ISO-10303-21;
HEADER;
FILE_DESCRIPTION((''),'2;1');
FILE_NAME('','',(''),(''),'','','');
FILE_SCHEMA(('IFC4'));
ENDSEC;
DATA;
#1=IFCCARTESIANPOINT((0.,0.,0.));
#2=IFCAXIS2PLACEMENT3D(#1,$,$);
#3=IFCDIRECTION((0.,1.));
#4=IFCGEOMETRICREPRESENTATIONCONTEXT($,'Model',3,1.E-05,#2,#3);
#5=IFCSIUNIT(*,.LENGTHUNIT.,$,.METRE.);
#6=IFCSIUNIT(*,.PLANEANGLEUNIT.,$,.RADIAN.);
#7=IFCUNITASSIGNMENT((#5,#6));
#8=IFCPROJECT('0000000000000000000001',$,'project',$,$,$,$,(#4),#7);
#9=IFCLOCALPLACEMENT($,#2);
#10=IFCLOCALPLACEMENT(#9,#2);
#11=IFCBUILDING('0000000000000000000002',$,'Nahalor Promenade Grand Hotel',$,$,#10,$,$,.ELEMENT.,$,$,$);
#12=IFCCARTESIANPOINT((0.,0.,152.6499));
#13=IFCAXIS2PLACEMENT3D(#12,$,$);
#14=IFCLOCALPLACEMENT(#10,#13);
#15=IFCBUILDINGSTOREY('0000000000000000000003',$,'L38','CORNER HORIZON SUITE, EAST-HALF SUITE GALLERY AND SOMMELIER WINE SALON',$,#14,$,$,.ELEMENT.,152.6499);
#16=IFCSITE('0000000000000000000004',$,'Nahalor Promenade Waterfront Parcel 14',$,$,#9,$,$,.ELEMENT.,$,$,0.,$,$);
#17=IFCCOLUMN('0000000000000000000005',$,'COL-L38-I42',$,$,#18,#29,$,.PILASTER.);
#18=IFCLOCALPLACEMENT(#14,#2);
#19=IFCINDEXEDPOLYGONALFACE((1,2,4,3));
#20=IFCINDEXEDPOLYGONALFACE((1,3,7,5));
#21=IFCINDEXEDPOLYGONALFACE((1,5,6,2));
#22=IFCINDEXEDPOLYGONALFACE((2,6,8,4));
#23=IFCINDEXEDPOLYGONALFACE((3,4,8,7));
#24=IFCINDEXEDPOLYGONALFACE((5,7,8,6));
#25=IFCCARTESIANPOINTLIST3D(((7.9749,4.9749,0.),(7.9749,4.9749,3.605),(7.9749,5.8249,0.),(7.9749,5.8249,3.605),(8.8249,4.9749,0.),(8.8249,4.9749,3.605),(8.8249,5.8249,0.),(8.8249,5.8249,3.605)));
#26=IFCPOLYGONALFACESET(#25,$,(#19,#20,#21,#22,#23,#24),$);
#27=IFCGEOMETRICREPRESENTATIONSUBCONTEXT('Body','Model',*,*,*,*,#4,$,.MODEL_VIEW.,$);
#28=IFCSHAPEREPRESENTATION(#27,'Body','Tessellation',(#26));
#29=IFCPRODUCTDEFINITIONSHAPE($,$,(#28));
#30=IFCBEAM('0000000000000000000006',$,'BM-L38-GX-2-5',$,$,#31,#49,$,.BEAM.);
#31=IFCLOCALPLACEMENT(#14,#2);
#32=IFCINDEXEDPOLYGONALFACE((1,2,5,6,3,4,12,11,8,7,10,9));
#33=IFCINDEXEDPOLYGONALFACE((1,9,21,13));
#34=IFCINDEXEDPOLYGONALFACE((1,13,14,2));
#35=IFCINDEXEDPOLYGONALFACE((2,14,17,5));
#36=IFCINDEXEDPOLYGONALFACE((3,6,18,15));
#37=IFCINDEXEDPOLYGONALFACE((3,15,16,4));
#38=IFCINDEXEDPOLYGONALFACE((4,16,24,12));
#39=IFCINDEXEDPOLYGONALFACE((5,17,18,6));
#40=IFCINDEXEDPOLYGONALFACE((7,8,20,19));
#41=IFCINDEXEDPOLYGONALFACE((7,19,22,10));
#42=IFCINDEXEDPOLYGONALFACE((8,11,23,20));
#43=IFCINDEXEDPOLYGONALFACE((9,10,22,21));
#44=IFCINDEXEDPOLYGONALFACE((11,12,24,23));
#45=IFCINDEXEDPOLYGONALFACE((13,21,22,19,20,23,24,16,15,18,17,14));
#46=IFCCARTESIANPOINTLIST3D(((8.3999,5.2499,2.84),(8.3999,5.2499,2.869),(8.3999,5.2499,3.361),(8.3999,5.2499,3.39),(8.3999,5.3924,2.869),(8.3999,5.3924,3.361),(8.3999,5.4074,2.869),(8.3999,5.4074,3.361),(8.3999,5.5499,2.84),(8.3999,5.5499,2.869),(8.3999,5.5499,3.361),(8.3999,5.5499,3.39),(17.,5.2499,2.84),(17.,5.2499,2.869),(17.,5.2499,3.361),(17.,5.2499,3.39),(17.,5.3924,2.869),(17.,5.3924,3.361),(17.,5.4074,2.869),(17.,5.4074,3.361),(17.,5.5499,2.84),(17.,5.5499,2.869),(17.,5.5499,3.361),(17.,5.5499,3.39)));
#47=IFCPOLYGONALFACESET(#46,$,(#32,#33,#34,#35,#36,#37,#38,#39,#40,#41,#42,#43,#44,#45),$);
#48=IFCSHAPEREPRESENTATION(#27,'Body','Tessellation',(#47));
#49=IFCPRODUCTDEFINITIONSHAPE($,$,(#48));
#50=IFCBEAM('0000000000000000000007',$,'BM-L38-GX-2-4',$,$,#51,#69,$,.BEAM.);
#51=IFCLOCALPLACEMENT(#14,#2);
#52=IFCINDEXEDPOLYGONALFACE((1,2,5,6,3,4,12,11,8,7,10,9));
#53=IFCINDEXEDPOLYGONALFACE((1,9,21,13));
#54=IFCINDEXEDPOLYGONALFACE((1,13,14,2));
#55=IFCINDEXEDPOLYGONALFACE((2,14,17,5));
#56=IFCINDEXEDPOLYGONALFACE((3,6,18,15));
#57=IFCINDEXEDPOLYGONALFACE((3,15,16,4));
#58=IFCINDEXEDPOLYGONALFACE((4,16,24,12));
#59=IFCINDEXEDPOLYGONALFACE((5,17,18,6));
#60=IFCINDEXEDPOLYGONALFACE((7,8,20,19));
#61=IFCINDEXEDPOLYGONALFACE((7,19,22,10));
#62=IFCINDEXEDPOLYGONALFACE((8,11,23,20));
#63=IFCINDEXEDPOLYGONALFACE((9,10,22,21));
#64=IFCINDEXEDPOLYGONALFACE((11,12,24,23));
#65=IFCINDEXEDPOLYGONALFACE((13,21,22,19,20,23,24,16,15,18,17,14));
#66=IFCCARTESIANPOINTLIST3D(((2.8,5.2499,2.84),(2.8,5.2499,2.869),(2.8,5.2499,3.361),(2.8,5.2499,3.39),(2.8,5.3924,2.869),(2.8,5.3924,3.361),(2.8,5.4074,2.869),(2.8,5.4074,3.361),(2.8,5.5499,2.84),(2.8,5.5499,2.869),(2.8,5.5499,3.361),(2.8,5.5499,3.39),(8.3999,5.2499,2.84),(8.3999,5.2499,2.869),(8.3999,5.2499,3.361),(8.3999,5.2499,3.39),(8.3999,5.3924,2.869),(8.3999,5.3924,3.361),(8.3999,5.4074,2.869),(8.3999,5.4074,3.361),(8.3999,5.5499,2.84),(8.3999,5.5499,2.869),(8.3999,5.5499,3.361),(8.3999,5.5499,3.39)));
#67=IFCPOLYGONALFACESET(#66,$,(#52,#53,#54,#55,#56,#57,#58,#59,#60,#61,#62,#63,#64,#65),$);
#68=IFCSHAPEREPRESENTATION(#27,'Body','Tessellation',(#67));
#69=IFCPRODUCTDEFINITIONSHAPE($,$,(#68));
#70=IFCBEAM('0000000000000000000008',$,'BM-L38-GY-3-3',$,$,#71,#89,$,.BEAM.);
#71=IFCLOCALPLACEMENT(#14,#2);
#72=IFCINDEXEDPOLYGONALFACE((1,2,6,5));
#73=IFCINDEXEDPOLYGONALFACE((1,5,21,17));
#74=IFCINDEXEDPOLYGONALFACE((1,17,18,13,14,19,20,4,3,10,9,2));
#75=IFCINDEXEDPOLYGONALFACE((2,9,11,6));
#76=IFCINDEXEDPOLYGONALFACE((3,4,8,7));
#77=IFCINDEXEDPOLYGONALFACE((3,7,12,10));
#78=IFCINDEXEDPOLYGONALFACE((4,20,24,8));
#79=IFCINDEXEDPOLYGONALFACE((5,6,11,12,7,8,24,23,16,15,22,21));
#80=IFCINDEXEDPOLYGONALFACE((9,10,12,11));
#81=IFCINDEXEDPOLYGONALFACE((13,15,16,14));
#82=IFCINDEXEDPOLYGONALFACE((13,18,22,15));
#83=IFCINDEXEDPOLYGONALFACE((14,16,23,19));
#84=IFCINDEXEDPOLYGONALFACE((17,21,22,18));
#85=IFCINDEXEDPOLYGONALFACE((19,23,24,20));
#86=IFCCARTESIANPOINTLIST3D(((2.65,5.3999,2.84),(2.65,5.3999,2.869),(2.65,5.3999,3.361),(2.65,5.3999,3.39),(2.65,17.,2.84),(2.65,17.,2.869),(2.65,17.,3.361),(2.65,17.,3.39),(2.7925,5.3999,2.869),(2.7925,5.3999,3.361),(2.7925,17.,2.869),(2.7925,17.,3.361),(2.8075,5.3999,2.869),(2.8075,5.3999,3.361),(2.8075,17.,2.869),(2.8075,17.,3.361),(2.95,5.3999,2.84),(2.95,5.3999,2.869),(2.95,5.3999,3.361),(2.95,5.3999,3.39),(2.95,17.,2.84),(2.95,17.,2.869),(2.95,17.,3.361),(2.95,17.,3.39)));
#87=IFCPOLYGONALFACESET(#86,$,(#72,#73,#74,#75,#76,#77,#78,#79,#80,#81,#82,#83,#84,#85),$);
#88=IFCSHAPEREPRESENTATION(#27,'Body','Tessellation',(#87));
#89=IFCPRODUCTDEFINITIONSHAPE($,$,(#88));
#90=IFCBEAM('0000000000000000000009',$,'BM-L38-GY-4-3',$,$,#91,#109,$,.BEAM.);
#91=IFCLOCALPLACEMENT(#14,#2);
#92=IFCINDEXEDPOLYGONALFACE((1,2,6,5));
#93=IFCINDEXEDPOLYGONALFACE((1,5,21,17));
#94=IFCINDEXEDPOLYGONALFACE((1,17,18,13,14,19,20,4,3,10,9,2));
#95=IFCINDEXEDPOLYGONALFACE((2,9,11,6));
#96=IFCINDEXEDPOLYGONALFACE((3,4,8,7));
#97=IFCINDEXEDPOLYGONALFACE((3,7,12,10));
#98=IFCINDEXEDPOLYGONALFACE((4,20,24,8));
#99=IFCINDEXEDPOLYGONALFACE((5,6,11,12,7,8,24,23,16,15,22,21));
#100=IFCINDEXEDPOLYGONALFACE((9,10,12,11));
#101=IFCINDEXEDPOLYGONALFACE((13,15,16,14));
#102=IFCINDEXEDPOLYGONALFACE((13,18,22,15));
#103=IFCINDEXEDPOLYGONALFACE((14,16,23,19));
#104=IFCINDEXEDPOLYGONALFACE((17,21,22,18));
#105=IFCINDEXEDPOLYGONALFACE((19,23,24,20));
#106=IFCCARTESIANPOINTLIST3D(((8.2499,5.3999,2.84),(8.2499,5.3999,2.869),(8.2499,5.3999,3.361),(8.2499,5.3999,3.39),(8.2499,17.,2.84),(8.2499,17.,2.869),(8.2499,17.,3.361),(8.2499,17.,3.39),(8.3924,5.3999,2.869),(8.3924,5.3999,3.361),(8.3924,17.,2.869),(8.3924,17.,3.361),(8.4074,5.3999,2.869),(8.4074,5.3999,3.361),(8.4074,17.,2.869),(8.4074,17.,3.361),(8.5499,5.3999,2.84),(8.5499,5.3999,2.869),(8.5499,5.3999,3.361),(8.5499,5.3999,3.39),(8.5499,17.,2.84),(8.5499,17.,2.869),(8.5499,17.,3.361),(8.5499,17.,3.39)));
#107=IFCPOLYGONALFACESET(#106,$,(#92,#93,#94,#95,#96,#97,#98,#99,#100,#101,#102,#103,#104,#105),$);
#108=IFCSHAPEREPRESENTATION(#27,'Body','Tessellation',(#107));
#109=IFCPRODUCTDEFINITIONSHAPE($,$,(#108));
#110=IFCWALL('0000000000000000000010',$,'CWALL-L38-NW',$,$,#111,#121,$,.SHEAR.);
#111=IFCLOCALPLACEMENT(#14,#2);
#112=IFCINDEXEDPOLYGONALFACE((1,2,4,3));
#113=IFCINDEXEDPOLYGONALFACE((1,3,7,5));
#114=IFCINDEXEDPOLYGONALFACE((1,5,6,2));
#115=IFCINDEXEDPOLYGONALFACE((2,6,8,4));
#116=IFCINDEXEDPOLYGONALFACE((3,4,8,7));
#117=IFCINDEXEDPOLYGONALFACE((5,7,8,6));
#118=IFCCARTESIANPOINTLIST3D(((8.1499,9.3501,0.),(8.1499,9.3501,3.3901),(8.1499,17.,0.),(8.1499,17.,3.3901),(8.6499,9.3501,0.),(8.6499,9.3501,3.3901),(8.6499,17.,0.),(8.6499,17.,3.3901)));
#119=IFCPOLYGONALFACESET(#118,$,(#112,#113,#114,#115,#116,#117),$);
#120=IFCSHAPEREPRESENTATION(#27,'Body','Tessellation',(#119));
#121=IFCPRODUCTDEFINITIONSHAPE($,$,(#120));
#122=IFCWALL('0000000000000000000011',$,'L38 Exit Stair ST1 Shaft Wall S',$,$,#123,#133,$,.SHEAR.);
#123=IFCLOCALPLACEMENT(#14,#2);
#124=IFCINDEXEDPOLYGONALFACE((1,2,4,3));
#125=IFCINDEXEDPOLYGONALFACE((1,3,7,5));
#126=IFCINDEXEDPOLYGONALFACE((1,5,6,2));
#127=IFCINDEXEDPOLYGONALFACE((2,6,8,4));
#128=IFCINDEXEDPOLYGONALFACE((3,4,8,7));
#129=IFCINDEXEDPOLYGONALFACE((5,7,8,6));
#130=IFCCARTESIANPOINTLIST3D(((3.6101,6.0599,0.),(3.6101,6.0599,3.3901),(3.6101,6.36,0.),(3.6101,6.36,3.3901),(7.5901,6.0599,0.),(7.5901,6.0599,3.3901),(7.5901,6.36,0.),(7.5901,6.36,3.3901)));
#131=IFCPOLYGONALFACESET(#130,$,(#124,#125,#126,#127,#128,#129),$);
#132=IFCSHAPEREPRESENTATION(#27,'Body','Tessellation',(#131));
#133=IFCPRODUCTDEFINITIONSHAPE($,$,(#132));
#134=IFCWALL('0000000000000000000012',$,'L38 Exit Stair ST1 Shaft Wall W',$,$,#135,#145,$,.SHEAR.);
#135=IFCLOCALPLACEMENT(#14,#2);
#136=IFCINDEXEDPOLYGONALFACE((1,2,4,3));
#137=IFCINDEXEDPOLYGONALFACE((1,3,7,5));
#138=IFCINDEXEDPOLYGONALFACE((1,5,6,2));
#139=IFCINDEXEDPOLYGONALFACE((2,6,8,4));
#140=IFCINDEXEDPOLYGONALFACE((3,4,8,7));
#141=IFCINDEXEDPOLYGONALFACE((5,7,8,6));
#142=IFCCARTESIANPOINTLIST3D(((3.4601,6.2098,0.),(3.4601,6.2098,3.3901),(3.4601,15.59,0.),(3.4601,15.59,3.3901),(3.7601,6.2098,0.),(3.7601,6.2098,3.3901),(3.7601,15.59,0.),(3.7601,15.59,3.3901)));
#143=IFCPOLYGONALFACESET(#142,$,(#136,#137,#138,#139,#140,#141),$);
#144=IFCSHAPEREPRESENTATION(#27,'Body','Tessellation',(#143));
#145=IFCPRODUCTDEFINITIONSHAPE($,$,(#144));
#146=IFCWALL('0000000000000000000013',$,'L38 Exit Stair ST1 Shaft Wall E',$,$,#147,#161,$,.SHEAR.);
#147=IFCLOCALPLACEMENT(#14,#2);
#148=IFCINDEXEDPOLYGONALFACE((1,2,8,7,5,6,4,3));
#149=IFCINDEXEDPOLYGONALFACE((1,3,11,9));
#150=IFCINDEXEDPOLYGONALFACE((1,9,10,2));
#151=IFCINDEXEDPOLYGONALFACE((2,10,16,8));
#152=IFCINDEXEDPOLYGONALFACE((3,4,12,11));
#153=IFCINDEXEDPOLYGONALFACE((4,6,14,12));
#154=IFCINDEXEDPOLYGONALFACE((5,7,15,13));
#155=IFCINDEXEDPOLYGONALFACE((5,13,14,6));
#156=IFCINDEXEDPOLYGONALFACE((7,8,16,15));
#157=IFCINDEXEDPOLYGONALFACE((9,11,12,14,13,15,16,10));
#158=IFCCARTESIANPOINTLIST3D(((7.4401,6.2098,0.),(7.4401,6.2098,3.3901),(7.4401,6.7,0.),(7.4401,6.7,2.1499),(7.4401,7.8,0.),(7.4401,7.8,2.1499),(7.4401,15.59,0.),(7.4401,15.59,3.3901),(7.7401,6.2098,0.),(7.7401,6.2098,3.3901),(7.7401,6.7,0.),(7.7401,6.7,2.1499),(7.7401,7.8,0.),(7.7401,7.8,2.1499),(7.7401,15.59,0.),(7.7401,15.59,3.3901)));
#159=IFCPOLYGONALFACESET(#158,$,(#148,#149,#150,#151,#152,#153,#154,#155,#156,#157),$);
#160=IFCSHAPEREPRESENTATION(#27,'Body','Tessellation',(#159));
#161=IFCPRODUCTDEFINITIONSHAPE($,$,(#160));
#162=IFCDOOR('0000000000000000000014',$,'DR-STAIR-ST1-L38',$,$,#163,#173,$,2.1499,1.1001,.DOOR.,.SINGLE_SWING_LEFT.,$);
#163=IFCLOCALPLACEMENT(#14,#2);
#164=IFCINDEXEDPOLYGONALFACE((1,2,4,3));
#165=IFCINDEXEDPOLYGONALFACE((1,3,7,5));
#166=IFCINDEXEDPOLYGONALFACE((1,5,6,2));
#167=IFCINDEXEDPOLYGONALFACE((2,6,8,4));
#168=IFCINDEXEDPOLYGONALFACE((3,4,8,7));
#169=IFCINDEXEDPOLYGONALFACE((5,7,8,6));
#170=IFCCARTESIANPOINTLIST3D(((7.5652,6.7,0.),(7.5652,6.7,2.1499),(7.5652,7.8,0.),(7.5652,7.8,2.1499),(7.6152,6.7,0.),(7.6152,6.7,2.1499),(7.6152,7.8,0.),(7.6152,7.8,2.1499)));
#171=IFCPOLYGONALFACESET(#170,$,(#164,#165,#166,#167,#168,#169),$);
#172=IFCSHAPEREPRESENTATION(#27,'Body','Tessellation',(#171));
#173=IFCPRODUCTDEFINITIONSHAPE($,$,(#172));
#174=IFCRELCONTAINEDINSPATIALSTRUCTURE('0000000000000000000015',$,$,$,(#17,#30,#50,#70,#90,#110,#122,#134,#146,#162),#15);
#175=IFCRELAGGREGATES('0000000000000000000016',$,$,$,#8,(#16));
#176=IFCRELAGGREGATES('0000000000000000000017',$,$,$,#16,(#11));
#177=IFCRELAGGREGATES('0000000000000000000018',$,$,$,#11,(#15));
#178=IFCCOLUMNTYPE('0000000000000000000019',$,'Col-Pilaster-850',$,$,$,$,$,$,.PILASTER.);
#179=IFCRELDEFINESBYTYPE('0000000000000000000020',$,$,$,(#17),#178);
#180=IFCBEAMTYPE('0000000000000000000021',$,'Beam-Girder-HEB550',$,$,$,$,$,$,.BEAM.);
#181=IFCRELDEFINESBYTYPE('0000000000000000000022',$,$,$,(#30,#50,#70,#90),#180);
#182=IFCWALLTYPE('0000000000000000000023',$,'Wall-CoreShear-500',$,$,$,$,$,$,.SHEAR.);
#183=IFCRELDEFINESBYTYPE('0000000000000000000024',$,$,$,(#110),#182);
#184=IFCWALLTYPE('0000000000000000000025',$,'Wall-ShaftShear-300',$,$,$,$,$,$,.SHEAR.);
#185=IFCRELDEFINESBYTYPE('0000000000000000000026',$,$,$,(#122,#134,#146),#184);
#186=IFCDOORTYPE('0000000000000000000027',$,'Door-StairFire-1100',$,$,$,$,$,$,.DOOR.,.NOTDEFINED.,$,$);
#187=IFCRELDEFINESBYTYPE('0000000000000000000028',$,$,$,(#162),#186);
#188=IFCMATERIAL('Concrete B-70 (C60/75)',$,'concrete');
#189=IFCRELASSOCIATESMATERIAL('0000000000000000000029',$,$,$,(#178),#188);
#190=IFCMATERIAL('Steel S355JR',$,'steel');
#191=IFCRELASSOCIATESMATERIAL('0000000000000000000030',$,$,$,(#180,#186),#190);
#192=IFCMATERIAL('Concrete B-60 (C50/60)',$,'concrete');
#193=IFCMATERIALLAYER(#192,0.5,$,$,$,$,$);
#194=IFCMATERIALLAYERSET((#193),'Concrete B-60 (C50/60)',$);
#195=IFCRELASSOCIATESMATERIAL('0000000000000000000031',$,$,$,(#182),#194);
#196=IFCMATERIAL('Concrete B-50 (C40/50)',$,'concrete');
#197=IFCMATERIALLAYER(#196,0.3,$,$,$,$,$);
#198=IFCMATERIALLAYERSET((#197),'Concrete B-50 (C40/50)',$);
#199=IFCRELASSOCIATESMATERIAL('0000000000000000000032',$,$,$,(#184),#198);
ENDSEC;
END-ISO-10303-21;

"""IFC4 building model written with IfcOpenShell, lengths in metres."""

from ifc_helpers import new_model, si_unit, direction, frame, frame_2d, origin, origin_2d, place, context, subcontext, project, spatial, rectangle, i_section, extrude, source, transform, mapped, material, layer, layer_set, material_profile, profile_set, type_object, element, fill, save


model = new_model("IFC4")

# Units and contexts
model_context = context("Model", 3, precision=1e-05, world=origin(), true_north=direction((0.0, 1.0)))
body_context = subcontext(model_context, "Body", "Model", "MODEL_VIEW")
ifc_project = project(units=[si_unit("LENGTHUNIT", "METRE"), si_unit("PLANEANGLEUNIT", "RADIAN")], contexts=[model_context])

# Site, building, storey
site_placement = place(None, origin())
site = spatial("IfcSite", under=ifc_project, at=site_placement, Name="Nahalor Promenade Waterfront Parcel 14", CompositionType="ELEMENT", RefElevation=0.0)
building_placement = place(site_placement, origin())
building = spatial("IfcBuilding", under=site, at=building_placement, Name="Nahalor Promenade Grand Hotel", CompositionType="ELEMENT")
storey_placement = place(building_placement, frame((0.0, 0.0, 152.6499)))
storey = spatial("IfcBuildingStorey", under=building, at=storey_placement, Name="L38", Description="CORNER HORIZON SUITE, EAST-HALF SUITE GALLERY AND SOMMELIER WINE SALON", CompositionType="ELEMENT", Elevation=152.6499)

# Column
ifc_material_1 = material(Name="Concrete B-70 (C60/75)", Category="concrete")
ifc_material_profile_1 = material_profile(ifc_material_1, rectangle(XDim=0.85, YDim=0.85, at=origin_2d()), Name="RC 850x850")
ifc_profile_set_1 = profile_set([ifc_material_profile_1], Name="Concrete B-70 (C60/75)")
column_type = type_object("IfcColumnType", Name="Col-Pilaster-850", PredefinedType="PILASTER", material=ifc_profile_set_1)
shared_shape_1 = source(origin(), body_context, "Body", "SweptSolid", [
    extrude(rectangle(XDim=0.85, YDim=0.85, at=origin_2d()), origin(), (0.0, 0.0, 1.0), 3.605),
])
column_placement = place(storey_placement, frame((8.3999, 5.3999, 0.0), z_axis=(0.0, 0.0, 1.0), x_axis=(1.0, 0.0, 0.0)))
element("IfcColumn", 1, at=column_placement, inside=storey, type_object=column_type, Name="COL-L38-I42", PredefinedType="PILASTER", context=body_context, shape_type="MappedRepresentation", body=[
    mapped(shared_shape_1, transform((0.0, 0.0, 0.0), scale=1.0)),
])

# Beams
ifc_material_2 = material(Name="Steel S355JR", Category="steel")
ifc_material_profile_2 = material_profile(ifc_material_2, i_section(OverallWidth=0.3, OverallDepth=0.55, WebThickness=0.015, FlangeThickness=0.029, at=origin_2d()), Name="HEB 550")
ifc_profile_set_2 = profile_set([ifc_material_profile_2], Name="Steel S355JR")
beam_type = type_object("IfcBeamType", Name="Beam-Girder-HEB550", PredefinedType="BEAM", material=ifc_profile_set_2)
shared_shape_2 = source(origin(), body_context, "Body", "SweptSolid", [
    extrude(i_section(OverallWidth=0.3, OverallDepth=0.55, WebThickness=0.015, FlangeThickness=0.029, at=origin_2d()), origin(), (0.0, 0.0, 1.0), 8.6001),
])
beam_1_placement = place(storey_placement, frame((8.3999, 5.3999, 3.115), z_axis=(1.0, 0.0, 0.0), x_axis=(0.0, 1.0, 0.0)))
element("IfcBeam", 2, at=beam_1_placement, inside=storey, type_object=beam_type, Name="BM-L38-GX-2-5", PredefinedType="BEAM", context=body_context, shape_type="MappedRepresentation", body=[
    mapped(shared_shape_2, transform((0.0, 0.0, 0.0), scale=1.0)),
])
shared_shape_3 = source(origin(), body_context, "Body", "SweptSolid", [
    extrude(i_section(OverallWidth=0.3, OverallDepth=0.55, WebThickness=0.015, FlangeThickness=0.029, at=origin_2d()), origin(), (0.0, 0.0, 1.0), 5.5999),
])
beam_2_placement = place(storey_placement, frame((2.8, 5.3999, 3.115), z_axis=(1.0, 0.0, 0.0), x_axis=(0.0, 1.0, 0.0)))
element("IfcBeam", 3, at=beam_2_placement, inside=storey, type_object=beam_type, Name="BM-L38-GX-2-4", PredefinedType="BEAM", context=body_context, shape_type="MappedRepresentation", body=[
    mapped(shared_shape_3, transform((0.0, 0.0, 0.0), scale=1.0)),
])
shared_shape_4 = source(origin(), body_context, "Body", "SweptSolid", [
    extrude(i_section(OverallWidth=0.3, OverallDepth=0.55, WebThickness=0.015, FlangeThickness=0.029, at=origin_2d()), origin(), (0.0, 0.0, 1.0), 11.6001),
])
for number, where, z_axis, x_axis, name in (
    (4, (2.8, 5.3999, 3.115), (0.0, 1.0, 0.0), (-1.0, 0.0, 0.0), "BM-L38-GY-3-3"),
    (5, (8.3999, 5.3999, 3.115), (0.0, 1.0, 0.0), (-1.0, 0.0, 0.0), "BM-L38-GY-4-3"),
):
    element("IfcBeam", number, at=place(storey_placement, frame(where, z_axis=z_axis, x_axis=x_axis)), inside=storey, type_object=beam_type, Name=name, PredefinedType="BEAM", context=body_context, shape_type="MappedRepresentation", body=[
        mapped(shared_shape_4, transform((0.0, 0.0, 0.0), scale=1.0)),
    ])

# Walls
ifc_material_3 = material(Name="Concrete B-60 (C50/60)", Category="concrete")
ifc_layer_1 = layer(ifc_material_3, 0.5)
ifc_layer_set_1 = layer_set([ifc_layer_1], Name="Concrete B-60 (C50/60)")
wall_type_1 = type_object("IfcWallType", Name="Wall-CoreShear-500", PredefinedType="SHEAR", material=ifc_layer_set_1)
shared_shape_5 = source(origin(), body_context, "Body", "SweptSolid", [
    extrude(rectangle(XDim=7.6499, YDim=0.5, at=frame_2d((3.825, 0.0))), origin(), (0.0, 0.0, 1.0), 3.3901),
])
wall_1_placement = place(storey_placement, frame((8.3999, 9.3501, 0.0), z_axis=(0.0, 0.0, 1.0), x_axis=(0.0, 1.0, 0.0)))
element("IfcWall", 6, at=wall_1_placement, inside=storey, type_object=wall_type_1, Name="CWALL-L38-NW", PredefinedType="SHEAR", context=body_context, shape_type="MappedRepresentation", body=[
    mapped(shared_shape_5, transform((0.0, 0.0, 0.0), scale=1.0)),
])
ifc_material_4 = material(Name="Concrete B-50 (C40/50)", Category="concrete")
ifc_layer_2 = layer(ifc_material_4, 0.3)
ifc_layer_set_2 = layer_set([ifc_layer_2], Name="Concrete B-50 (C40/50)")
wall_type_2 = type_object("IfcWallType", Name="Wall-ShaftShear-300", PredefinedType="SHEAR", material=ifc_layer_set_2)
shared_shape_6 = source(origin(), body_context, "Body", "SweptSolid", [
    extrude(rectangle(XDim=3.98, YDim=0.3, at=frame_2d((1.99, 0.0))), origin(), (0.0, 0.0, 1.0), 3.3901),
])
wall_2_placement = place(storey_placement, frame((3.6101, 6.21, 0.0), z_axis=(0.0, 0.0, 1.0), x_axis=(1.0, 0.0, 0.0)))
element("IfcWall", 7, at=wall_2_placement, inside=storey, type_object=wall_type_2, Name="L38 Exit Stair ST1 Shaft Wall S", PredefinedType="SHEAR", context=body_context, shape_type="MappedRepresentation", body=[
    mapped(shared_shape_6, transform((0.0, 0.0, 0.0), scale=1.0)),
])
shared_shape_7 = source(origin(), body_context, "Body", "SweptSolid", [
    extrude(rectangle(XDim=9.3801, YDim=0.3, at=frame_2d((4.6899, 0.0))), origin(), (0.0, 0.0, 1.0), 3.3901),
])
wall_3_placement = place(storey_placement, frame((3.6101, 6.21, 0.0), z_axis=(0.0, 0.0, 1.0), x_axis=(0.0, 1.0, 0.0)))
element("IfcWall", 8, at=wall_3_placement, inside=storey, type_object=wall_type_2, Name="L38 Exit Stair ST1 Shaft Wall W", PredefinedType="SHEAR", context=body_context, shape_type="MappedRepresentation", body=[
    mapped(shared_shape_7, transform((0.0, 0.0, 0.0), scale=1.0)),
])

# Wall, opening, door
wall_4_placement = place(storey_placement, frame((7.5901, 6.21, 0.0), z_axis=(0.0, 0.0, 1.0), x_axis=(0.0, 1.0, 0.0)))
wall_4 = element("IfcWall", 9, at=wall_4_placement, inside=storey, type_object=wall_type_2, Name="L38 Exit Stair ST1 Shaft Wall E", PredefinedType="SHEAR", context=body_context, shape_type="MappedRepresentation", body=[
    mapped(shared_shape_7, transform((0.0, 0.0, 0.0), scale=1.0)),
])
opening_1_placement = place(wall_4_placement, frame((0.49, 0.0, 0.0)))
opening_1 = element("IfcOpeningElement", 10, at=opening_1_placement, cuts=wall_4, PredefinedType="OPENING", context=body_context, shape_type="SweptSolid", body=[
    extrude(rectangle(XDim=1.1001, YDim=2.1499, at=frame_2d((0.55, 1.075))), frame((0.0, 0.1599, 0.0), z_axis=(0.0, -1.0, 0.0), x_axis=(1.0, 0.0, 0.0)), (0.0, 0.0, 1.0), 0.3201),
])
door_type_1 = type_object("IfcDoorType", Name="Door-StairFire-1100", OperationType="NOTDEFINED", PredefinedType="DOOR", material=ifc_material_2)
shared_shape_8 = source(origin(), body_context, "Body", "SweptSolid", [
    extrude(rectangle(XDim=1.1001, YDim=2.1499, at=frame_2d((0.55, 1.075))), frame((0.0, 0.0249, 0.0), z_axis=(0.0, -1.0, 0.0), x_axis=(1.0, 0.0, 0.0)), (0.0, 0.0, 1.0), 0.05),
])
door_1_placement = place(opening_1_placement, origin())
door_1 = element("IfcDoor", 11, at=door_1_placement, inside=storey, type_object=door_type_1, Name="DR-STAIR-ST1-L38", OperationType="SINGLE_SWING_LEFT", OverallHeight=2.1499, OverallWidth=1.1001, PredefinedType="DOOR", context=body_context, shape_type="MappedRepresentation", body=[
    mapped(shared_shape_8, transform((0.0, 0.0, 0.0), scale=1.0)),
])
fill(opening_1, door_1)

save(model, "model.ifc")
